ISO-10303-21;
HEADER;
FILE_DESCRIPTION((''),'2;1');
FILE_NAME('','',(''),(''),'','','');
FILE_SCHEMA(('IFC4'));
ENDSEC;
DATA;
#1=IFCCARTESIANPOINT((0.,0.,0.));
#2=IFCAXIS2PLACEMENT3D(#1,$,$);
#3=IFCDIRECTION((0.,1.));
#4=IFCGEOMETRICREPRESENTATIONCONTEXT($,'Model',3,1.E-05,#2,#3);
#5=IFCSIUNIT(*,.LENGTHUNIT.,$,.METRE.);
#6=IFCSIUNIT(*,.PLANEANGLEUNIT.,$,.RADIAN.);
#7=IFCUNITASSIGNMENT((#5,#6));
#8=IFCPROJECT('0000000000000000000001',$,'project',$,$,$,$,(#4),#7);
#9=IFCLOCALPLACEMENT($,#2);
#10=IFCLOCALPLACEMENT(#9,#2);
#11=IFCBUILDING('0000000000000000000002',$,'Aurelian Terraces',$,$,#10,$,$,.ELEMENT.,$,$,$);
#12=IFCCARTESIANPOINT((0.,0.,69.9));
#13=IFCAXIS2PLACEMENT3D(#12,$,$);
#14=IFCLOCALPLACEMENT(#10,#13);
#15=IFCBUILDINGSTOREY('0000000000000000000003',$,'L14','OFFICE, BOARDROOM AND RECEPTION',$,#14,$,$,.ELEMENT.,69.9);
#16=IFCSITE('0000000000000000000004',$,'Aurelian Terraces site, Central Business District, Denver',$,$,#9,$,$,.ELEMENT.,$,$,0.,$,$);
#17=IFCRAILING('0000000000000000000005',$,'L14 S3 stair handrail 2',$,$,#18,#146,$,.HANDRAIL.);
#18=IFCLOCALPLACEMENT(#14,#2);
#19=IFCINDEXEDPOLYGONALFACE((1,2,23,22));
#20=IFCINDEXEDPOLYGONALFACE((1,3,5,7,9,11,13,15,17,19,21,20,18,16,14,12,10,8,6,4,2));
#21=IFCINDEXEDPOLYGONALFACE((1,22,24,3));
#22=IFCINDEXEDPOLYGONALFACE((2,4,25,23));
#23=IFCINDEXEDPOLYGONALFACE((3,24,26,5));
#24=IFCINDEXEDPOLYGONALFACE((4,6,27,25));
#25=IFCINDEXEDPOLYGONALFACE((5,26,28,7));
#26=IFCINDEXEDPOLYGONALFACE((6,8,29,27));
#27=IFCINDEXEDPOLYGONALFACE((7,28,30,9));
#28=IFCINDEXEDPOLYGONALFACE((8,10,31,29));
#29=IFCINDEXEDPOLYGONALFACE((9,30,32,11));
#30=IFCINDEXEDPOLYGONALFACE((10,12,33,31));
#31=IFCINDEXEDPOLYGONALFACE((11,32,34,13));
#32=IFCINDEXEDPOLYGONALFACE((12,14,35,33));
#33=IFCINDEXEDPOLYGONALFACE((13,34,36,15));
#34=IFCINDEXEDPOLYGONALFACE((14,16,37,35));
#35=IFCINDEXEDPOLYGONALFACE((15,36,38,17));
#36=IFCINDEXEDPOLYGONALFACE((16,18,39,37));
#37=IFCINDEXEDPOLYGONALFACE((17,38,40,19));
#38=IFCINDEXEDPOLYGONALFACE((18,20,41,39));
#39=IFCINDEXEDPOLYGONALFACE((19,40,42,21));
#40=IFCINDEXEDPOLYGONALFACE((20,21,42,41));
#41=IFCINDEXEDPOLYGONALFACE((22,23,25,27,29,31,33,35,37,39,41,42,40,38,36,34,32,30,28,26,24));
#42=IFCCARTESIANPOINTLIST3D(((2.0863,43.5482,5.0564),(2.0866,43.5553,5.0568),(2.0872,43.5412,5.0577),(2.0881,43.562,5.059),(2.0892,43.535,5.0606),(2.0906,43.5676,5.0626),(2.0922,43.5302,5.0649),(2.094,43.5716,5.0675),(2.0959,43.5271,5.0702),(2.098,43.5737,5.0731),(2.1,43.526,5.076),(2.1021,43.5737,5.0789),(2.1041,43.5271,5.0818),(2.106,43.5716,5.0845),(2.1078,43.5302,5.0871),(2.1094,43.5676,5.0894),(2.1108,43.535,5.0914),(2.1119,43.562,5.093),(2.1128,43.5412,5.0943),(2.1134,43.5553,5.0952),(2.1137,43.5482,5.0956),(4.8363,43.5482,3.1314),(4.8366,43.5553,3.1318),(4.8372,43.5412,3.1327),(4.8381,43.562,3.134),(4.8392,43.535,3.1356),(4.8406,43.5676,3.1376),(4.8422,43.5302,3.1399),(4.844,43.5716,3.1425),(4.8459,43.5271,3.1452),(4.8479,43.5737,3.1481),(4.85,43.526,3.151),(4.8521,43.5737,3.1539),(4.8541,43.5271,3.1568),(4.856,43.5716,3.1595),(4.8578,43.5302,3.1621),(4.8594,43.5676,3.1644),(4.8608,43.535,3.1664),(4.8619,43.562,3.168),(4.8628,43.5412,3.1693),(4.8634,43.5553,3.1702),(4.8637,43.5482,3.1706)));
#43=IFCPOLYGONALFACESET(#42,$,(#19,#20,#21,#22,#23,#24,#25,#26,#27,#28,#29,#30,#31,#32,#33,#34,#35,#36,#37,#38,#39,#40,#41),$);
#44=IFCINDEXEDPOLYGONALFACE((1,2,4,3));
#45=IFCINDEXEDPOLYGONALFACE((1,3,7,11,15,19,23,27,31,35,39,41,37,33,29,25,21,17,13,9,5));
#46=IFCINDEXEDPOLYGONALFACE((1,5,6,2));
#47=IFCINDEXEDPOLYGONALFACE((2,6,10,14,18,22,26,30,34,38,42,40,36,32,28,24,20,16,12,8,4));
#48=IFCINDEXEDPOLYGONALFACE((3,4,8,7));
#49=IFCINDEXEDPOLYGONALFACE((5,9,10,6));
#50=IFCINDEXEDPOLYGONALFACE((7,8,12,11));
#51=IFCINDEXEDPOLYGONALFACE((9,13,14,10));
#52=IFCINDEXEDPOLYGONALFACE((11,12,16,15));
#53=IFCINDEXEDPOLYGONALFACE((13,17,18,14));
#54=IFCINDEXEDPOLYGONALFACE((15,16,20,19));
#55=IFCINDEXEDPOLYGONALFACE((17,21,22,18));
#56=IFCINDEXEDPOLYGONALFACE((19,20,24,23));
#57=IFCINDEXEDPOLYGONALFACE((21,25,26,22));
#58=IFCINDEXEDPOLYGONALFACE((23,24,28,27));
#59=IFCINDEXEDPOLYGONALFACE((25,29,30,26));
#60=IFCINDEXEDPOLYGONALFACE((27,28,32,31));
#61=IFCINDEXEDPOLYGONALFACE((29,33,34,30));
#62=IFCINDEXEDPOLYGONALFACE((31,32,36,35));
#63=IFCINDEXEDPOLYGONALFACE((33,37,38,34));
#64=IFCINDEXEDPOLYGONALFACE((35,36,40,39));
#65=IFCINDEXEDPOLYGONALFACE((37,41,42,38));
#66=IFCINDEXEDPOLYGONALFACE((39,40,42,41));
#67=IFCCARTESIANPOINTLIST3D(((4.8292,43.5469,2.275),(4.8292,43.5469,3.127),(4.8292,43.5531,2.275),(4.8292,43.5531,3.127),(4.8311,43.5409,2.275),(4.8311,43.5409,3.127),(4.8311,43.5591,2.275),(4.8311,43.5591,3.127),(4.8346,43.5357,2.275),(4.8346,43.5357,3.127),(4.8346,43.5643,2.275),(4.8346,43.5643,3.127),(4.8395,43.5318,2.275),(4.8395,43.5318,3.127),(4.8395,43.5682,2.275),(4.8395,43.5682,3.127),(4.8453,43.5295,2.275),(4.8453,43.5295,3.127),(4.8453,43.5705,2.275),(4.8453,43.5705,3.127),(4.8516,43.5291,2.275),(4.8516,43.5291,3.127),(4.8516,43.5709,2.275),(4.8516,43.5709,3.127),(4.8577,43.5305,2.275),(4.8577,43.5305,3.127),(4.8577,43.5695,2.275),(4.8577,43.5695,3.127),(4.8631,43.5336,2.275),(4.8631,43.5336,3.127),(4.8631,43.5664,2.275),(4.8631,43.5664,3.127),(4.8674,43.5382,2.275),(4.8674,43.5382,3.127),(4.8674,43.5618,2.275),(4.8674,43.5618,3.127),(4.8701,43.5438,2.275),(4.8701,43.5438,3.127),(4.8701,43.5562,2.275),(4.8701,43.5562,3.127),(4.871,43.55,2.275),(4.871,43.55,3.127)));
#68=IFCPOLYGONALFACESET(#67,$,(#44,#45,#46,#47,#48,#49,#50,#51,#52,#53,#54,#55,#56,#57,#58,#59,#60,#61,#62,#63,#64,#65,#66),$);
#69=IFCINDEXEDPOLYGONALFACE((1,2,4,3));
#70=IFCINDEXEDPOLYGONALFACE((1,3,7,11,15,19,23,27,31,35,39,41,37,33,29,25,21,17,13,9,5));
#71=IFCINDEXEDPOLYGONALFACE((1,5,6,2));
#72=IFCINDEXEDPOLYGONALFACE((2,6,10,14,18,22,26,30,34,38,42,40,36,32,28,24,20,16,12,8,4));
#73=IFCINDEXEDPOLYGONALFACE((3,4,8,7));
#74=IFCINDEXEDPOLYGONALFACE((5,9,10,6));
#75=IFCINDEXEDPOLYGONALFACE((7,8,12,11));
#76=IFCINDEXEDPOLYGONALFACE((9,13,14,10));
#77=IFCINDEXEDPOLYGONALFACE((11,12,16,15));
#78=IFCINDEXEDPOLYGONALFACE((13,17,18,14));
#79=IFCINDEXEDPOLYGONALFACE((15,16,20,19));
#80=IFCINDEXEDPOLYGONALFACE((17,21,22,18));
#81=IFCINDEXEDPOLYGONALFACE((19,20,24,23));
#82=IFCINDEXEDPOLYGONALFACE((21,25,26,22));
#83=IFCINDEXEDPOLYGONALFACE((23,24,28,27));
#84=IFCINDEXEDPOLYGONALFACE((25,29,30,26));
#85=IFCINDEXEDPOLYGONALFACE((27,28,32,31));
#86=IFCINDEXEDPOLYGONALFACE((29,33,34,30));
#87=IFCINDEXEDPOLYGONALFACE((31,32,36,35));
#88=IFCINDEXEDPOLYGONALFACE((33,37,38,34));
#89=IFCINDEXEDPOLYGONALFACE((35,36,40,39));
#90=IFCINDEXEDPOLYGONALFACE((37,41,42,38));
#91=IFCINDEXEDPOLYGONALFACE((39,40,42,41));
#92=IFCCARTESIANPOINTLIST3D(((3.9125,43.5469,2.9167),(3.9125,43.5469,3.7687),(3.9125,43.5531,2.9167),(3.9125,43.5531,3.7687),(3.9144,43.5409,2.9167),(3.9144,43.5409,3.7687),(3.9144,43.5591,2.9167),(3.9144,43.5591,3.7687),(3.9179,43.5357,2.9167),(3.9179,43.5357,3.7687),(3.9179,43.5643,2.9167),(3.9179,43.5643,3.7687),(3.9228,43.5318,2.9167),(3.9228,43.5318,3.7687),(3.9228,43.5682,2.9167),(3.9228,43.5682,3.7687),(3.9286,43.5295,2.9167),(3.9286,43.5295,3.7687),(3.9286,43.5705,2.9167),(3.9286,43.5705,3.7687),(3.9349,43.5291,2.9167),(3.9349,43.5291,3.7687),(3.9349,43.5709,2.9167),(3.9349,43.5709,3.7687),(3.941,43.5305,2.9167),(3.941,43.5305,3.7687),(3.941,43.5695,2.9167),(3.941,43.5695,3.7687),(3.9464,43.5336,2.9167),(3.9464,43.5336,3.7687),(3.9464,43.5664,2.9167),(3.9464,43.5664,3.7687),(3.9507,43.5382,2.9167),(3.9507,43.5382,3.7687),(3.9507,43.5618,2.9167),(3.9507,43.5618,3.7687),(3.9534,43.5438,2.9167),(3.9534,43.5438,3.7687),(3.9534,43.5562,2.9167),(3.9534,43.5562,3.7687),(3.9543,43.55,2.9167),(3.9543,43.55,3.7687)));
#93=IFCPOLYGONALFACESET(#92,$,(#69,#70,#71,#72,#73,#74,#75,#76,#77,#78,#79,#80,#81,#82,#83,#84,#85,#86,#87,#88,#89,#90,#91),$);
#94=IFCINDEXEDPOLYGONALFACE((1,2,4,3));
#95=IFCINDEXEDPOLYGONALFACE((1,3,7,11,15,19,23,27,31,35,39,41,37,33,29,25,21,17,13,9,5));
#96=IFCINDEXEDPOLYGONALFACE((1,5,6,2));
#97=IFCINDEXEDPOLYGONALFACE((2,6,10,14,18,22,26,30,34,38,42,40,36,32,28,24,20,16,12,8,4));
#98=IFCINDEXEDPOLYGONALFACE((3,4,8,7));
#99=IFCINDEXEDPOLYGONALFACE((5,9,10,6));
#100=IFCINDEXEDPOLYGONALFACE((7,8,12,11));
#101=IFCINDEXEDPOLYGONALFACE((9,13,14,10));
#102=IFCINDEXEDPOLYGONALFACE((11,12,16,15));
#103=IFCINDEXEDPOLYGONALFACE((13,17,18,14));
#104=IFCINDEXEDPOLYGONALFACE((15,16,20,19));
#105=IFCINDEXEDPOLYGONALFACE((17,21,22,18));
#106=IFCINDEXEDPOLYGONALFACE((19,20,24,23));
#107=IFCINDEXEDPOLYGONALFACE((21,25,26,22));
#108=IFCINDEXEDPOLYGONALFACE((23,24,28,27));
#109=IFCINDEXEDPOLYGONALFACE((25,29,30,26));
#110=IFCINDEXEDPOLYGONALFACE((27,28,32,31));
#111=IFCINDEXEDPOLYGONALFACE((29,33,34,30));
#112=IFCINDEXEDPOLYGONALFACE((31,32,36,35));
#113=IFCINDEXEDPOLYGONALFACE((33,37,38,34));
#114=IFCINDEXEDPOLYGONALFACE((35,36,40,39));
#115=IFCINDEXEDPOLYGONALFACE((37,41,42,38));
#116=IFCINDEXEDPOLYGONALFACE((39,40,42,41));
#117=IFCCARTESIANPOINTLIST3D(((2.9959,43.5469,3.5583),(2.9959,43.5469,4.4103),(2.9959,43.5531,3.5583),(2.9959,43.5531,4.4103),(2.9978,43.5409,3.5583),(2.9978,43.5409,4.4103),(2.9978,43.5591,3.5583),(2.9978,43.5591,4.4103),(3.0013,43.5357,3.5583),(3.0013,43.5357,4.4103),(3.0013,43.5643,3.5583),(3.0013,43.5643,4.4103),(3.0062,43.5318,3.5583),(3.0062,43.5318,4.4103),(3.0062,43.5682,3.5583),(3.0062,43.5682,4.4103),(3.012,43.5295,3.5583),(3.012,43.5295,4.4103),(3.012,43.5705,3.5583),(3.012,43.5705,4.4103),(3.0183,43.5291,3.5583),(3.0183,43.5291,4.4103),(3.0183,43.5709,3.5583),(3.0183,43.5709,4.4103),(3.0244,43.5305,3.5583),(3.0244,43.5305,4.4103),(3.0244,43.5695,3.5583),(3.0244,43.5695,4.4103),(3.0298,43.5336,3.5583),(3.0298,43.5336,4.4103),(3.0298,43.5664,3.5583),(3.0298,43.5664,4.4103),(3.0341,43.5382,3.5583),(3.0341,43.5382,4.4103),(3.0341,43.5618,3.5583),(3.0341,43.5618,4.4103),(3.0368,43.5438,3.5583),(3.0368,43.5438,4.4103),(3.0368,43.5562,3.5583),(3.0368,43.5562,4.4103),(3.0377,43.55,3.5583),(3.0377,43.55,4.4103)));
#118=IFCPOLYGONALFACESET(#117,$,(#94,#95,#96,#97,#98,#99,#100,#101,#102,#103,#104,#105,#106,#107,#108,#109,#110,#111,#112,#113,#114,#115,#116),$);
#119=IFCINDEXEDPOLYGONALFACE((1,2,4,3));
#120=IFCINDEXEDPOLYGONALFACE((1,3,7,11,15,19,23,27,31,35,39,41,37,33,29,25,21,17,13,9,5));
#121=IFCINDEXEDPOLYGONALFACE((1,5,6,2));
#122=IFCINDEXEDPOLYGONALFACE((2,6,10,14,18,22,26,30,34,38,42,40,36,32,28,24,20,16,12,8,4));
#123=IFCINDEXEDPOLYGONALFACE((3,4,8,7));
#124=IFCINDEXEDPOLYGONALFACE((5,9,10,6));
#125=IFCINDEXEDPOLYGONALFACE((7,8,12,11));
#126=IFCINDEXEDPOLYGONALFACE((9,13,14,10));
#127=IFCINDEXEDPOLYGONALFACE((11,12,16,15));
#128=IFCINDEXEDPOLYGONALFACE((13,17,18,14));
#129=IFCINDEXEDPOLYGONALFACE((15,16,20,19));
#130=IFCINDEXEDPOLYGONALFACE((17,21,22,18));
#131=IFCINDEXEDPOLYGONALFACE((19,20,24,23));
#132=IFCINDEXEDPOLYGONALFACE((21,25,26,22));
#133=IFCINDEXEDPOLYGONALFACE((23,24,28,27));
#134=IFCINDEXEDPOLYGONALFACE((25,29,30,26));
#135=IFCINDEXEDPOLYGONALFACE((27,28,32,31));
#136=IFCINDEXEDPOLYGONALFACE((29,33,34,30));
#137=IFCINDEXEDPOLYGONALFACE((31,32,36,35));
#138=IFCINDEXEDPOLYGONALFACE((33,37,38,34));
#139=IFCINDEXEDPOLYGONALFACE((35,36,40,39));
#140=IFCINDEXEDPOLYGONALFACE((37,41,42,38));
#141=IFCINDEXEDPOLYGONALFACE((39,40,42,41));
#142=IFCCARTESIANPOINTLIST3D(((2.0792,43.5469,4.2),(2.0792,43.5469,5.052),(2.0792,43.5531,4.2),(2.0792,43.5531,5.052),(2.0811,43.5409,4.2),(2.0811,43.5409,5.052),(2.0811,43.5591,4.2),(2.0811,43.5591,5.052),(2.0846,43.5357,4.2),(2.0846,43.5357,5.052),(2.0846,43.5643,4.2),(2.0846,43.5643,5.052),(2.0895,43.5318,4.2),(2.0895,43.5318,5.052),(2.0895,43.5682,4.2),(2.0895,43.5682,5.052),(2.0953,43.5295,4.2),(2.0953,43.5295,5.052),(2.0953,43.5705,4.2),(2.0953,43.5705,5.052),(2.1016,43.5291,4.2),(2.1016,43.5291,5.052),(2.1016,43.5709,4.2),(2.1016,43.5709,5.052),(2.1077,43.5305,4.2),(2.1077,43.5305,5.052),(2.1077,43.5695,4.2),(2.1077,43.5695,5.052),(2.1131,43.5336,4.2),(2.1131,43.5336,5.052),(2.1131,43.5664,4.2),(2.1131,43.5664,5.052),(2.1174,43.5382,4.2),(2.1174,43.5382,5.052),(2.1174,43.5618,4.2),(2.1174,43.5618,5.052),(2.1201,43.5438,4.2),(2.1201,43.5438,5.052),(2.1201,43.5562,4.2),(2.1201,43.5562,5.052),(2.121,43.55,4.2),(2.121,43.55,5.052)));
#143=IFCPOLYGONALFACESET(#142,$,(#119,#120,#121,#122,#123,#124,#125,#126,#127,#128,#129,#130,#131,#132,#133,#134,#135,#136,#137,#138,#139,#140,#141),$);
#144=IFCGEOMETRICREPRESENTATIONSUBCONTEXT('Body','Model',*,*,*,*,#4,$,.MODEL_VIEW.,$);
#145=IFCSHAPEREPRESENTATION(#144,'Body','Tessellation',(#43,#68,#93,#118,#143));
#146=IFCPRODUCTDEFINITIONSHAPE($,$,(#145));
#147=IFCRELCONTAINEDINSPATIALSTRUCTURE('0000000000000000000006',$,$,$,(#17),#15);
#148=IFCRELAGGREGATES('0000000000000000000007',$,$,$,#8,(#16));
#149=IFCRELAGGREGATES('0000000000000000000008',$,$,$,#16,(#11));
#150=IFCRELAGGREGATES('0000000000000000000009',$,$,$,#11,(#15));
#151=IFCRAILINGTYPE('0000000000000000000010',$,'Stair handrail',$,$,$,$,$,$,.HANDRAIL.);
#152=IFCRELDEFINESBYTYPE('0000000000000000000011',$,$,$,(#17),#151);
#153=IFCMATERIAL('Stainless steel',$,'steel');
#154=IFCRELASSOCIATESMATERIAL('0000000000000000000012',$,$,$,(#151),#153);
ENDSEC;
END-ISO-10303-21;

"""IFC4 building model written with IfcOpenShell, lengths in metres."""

from ifc_helpers import new_model, si_unit, direction, frame, origin, origin_2d, place, context, subcontext, project, spatial, circle, extrude, source, transform, mapped, material, type_object, element, save


model = new_model("IFC4")

# Units and contexts
model_context = context("Model", 3, precision=1e-05, world=origin(), true_north=direction((0.0, 1.0)))
body_context = subcontext(model_context, "Body", "Model", "MODEL_VIEW")
ifc_project = project(units=[si_unit("LENGTHUNIT", "METRE"), si_unit("PLANEANGLEUNIT", "RADIAN")], contexts=[model_context])

# Site, building, storey
site_placement = place(None, origin())
site = spatial("IfcSite", under=ifc_project, at=site_placement, Name="Aurelian Terraces site, Central Business District, Denver", CompositionType="ELEMENT", RefElevation=0.0)
building_placement = place(site_placement, origin())
building = spatial("IfcBuilding", under=site, at=building_placement, Name="Aurelian Terraces", CompositionType="ELEMENT")
storey_placement = place(building_placement, frame((0.0, 0.0, 69.9)))
storey = spatial("IfcBuildingStorey", under=building, at=storey_placement, Name="L14", Description="OFFICE, BOARDROOM AND RECEPTION", CompositionType="ELEMENT", Elevation=69.9)

# Railing
ifc_material_1 = material(Name="Stainless steel", Category="steel")
railing_type_1 = type_object("IfcRailingType", Name="Stair handrail", PredefinedType="HANDRAIL", material=ifc_material_1)
shared_shape_1 = source(origin(), body_context, "Body", "SweptSolid", [
    extrude(circle(Radius=0.024, at=origin_2d()), frame((0.0, 0.0, 0.876), z_axis=(-0.819232, 0.0, 0.573462), x_axis=(0.0, -1.0, 0.0)), (0.0, 0.0, 1.0), 3.3568),
    extrude(circle(Radius=0.021, at=origin_2d()), origin(), (0.0, 0.0, 1.0), 0.852),
    extrude(circle(Radius=0.021, at=origin_2d()), frame((-0.9167, 0.0, 0.6417)), (0.0, 0.0, 1.0), 0.852),
    extrude(circle(Radius=0.021, at=origin_2d()), frame((-1.8333, 0.0, 1.2833)), (0.0, 0.0, 1.0), 0.852),
    extrude(circle(Radius=0.021, at=origin_2d()), frame((-2.75, 0.0, 1.925)), (0.0, 0.0, 1.0), 0.852),
])
railing_1_placement = place(storey_placement, frame((4.85, 43.55, 2.275)))
element("IfcRailing", 1, at=railing_1_placement, inside=storey, type_object=railing_type_1, Name="L14 S3 stair handrail 2", PredefinedType="HANDRAIL", context=body_context, shape_type="MappedRepresentation", body=[
    mapped(shared_shape_1, transform((0.0, 0.0, 0.0), scale=1.0)),
])

save(model, "model.ifc")
